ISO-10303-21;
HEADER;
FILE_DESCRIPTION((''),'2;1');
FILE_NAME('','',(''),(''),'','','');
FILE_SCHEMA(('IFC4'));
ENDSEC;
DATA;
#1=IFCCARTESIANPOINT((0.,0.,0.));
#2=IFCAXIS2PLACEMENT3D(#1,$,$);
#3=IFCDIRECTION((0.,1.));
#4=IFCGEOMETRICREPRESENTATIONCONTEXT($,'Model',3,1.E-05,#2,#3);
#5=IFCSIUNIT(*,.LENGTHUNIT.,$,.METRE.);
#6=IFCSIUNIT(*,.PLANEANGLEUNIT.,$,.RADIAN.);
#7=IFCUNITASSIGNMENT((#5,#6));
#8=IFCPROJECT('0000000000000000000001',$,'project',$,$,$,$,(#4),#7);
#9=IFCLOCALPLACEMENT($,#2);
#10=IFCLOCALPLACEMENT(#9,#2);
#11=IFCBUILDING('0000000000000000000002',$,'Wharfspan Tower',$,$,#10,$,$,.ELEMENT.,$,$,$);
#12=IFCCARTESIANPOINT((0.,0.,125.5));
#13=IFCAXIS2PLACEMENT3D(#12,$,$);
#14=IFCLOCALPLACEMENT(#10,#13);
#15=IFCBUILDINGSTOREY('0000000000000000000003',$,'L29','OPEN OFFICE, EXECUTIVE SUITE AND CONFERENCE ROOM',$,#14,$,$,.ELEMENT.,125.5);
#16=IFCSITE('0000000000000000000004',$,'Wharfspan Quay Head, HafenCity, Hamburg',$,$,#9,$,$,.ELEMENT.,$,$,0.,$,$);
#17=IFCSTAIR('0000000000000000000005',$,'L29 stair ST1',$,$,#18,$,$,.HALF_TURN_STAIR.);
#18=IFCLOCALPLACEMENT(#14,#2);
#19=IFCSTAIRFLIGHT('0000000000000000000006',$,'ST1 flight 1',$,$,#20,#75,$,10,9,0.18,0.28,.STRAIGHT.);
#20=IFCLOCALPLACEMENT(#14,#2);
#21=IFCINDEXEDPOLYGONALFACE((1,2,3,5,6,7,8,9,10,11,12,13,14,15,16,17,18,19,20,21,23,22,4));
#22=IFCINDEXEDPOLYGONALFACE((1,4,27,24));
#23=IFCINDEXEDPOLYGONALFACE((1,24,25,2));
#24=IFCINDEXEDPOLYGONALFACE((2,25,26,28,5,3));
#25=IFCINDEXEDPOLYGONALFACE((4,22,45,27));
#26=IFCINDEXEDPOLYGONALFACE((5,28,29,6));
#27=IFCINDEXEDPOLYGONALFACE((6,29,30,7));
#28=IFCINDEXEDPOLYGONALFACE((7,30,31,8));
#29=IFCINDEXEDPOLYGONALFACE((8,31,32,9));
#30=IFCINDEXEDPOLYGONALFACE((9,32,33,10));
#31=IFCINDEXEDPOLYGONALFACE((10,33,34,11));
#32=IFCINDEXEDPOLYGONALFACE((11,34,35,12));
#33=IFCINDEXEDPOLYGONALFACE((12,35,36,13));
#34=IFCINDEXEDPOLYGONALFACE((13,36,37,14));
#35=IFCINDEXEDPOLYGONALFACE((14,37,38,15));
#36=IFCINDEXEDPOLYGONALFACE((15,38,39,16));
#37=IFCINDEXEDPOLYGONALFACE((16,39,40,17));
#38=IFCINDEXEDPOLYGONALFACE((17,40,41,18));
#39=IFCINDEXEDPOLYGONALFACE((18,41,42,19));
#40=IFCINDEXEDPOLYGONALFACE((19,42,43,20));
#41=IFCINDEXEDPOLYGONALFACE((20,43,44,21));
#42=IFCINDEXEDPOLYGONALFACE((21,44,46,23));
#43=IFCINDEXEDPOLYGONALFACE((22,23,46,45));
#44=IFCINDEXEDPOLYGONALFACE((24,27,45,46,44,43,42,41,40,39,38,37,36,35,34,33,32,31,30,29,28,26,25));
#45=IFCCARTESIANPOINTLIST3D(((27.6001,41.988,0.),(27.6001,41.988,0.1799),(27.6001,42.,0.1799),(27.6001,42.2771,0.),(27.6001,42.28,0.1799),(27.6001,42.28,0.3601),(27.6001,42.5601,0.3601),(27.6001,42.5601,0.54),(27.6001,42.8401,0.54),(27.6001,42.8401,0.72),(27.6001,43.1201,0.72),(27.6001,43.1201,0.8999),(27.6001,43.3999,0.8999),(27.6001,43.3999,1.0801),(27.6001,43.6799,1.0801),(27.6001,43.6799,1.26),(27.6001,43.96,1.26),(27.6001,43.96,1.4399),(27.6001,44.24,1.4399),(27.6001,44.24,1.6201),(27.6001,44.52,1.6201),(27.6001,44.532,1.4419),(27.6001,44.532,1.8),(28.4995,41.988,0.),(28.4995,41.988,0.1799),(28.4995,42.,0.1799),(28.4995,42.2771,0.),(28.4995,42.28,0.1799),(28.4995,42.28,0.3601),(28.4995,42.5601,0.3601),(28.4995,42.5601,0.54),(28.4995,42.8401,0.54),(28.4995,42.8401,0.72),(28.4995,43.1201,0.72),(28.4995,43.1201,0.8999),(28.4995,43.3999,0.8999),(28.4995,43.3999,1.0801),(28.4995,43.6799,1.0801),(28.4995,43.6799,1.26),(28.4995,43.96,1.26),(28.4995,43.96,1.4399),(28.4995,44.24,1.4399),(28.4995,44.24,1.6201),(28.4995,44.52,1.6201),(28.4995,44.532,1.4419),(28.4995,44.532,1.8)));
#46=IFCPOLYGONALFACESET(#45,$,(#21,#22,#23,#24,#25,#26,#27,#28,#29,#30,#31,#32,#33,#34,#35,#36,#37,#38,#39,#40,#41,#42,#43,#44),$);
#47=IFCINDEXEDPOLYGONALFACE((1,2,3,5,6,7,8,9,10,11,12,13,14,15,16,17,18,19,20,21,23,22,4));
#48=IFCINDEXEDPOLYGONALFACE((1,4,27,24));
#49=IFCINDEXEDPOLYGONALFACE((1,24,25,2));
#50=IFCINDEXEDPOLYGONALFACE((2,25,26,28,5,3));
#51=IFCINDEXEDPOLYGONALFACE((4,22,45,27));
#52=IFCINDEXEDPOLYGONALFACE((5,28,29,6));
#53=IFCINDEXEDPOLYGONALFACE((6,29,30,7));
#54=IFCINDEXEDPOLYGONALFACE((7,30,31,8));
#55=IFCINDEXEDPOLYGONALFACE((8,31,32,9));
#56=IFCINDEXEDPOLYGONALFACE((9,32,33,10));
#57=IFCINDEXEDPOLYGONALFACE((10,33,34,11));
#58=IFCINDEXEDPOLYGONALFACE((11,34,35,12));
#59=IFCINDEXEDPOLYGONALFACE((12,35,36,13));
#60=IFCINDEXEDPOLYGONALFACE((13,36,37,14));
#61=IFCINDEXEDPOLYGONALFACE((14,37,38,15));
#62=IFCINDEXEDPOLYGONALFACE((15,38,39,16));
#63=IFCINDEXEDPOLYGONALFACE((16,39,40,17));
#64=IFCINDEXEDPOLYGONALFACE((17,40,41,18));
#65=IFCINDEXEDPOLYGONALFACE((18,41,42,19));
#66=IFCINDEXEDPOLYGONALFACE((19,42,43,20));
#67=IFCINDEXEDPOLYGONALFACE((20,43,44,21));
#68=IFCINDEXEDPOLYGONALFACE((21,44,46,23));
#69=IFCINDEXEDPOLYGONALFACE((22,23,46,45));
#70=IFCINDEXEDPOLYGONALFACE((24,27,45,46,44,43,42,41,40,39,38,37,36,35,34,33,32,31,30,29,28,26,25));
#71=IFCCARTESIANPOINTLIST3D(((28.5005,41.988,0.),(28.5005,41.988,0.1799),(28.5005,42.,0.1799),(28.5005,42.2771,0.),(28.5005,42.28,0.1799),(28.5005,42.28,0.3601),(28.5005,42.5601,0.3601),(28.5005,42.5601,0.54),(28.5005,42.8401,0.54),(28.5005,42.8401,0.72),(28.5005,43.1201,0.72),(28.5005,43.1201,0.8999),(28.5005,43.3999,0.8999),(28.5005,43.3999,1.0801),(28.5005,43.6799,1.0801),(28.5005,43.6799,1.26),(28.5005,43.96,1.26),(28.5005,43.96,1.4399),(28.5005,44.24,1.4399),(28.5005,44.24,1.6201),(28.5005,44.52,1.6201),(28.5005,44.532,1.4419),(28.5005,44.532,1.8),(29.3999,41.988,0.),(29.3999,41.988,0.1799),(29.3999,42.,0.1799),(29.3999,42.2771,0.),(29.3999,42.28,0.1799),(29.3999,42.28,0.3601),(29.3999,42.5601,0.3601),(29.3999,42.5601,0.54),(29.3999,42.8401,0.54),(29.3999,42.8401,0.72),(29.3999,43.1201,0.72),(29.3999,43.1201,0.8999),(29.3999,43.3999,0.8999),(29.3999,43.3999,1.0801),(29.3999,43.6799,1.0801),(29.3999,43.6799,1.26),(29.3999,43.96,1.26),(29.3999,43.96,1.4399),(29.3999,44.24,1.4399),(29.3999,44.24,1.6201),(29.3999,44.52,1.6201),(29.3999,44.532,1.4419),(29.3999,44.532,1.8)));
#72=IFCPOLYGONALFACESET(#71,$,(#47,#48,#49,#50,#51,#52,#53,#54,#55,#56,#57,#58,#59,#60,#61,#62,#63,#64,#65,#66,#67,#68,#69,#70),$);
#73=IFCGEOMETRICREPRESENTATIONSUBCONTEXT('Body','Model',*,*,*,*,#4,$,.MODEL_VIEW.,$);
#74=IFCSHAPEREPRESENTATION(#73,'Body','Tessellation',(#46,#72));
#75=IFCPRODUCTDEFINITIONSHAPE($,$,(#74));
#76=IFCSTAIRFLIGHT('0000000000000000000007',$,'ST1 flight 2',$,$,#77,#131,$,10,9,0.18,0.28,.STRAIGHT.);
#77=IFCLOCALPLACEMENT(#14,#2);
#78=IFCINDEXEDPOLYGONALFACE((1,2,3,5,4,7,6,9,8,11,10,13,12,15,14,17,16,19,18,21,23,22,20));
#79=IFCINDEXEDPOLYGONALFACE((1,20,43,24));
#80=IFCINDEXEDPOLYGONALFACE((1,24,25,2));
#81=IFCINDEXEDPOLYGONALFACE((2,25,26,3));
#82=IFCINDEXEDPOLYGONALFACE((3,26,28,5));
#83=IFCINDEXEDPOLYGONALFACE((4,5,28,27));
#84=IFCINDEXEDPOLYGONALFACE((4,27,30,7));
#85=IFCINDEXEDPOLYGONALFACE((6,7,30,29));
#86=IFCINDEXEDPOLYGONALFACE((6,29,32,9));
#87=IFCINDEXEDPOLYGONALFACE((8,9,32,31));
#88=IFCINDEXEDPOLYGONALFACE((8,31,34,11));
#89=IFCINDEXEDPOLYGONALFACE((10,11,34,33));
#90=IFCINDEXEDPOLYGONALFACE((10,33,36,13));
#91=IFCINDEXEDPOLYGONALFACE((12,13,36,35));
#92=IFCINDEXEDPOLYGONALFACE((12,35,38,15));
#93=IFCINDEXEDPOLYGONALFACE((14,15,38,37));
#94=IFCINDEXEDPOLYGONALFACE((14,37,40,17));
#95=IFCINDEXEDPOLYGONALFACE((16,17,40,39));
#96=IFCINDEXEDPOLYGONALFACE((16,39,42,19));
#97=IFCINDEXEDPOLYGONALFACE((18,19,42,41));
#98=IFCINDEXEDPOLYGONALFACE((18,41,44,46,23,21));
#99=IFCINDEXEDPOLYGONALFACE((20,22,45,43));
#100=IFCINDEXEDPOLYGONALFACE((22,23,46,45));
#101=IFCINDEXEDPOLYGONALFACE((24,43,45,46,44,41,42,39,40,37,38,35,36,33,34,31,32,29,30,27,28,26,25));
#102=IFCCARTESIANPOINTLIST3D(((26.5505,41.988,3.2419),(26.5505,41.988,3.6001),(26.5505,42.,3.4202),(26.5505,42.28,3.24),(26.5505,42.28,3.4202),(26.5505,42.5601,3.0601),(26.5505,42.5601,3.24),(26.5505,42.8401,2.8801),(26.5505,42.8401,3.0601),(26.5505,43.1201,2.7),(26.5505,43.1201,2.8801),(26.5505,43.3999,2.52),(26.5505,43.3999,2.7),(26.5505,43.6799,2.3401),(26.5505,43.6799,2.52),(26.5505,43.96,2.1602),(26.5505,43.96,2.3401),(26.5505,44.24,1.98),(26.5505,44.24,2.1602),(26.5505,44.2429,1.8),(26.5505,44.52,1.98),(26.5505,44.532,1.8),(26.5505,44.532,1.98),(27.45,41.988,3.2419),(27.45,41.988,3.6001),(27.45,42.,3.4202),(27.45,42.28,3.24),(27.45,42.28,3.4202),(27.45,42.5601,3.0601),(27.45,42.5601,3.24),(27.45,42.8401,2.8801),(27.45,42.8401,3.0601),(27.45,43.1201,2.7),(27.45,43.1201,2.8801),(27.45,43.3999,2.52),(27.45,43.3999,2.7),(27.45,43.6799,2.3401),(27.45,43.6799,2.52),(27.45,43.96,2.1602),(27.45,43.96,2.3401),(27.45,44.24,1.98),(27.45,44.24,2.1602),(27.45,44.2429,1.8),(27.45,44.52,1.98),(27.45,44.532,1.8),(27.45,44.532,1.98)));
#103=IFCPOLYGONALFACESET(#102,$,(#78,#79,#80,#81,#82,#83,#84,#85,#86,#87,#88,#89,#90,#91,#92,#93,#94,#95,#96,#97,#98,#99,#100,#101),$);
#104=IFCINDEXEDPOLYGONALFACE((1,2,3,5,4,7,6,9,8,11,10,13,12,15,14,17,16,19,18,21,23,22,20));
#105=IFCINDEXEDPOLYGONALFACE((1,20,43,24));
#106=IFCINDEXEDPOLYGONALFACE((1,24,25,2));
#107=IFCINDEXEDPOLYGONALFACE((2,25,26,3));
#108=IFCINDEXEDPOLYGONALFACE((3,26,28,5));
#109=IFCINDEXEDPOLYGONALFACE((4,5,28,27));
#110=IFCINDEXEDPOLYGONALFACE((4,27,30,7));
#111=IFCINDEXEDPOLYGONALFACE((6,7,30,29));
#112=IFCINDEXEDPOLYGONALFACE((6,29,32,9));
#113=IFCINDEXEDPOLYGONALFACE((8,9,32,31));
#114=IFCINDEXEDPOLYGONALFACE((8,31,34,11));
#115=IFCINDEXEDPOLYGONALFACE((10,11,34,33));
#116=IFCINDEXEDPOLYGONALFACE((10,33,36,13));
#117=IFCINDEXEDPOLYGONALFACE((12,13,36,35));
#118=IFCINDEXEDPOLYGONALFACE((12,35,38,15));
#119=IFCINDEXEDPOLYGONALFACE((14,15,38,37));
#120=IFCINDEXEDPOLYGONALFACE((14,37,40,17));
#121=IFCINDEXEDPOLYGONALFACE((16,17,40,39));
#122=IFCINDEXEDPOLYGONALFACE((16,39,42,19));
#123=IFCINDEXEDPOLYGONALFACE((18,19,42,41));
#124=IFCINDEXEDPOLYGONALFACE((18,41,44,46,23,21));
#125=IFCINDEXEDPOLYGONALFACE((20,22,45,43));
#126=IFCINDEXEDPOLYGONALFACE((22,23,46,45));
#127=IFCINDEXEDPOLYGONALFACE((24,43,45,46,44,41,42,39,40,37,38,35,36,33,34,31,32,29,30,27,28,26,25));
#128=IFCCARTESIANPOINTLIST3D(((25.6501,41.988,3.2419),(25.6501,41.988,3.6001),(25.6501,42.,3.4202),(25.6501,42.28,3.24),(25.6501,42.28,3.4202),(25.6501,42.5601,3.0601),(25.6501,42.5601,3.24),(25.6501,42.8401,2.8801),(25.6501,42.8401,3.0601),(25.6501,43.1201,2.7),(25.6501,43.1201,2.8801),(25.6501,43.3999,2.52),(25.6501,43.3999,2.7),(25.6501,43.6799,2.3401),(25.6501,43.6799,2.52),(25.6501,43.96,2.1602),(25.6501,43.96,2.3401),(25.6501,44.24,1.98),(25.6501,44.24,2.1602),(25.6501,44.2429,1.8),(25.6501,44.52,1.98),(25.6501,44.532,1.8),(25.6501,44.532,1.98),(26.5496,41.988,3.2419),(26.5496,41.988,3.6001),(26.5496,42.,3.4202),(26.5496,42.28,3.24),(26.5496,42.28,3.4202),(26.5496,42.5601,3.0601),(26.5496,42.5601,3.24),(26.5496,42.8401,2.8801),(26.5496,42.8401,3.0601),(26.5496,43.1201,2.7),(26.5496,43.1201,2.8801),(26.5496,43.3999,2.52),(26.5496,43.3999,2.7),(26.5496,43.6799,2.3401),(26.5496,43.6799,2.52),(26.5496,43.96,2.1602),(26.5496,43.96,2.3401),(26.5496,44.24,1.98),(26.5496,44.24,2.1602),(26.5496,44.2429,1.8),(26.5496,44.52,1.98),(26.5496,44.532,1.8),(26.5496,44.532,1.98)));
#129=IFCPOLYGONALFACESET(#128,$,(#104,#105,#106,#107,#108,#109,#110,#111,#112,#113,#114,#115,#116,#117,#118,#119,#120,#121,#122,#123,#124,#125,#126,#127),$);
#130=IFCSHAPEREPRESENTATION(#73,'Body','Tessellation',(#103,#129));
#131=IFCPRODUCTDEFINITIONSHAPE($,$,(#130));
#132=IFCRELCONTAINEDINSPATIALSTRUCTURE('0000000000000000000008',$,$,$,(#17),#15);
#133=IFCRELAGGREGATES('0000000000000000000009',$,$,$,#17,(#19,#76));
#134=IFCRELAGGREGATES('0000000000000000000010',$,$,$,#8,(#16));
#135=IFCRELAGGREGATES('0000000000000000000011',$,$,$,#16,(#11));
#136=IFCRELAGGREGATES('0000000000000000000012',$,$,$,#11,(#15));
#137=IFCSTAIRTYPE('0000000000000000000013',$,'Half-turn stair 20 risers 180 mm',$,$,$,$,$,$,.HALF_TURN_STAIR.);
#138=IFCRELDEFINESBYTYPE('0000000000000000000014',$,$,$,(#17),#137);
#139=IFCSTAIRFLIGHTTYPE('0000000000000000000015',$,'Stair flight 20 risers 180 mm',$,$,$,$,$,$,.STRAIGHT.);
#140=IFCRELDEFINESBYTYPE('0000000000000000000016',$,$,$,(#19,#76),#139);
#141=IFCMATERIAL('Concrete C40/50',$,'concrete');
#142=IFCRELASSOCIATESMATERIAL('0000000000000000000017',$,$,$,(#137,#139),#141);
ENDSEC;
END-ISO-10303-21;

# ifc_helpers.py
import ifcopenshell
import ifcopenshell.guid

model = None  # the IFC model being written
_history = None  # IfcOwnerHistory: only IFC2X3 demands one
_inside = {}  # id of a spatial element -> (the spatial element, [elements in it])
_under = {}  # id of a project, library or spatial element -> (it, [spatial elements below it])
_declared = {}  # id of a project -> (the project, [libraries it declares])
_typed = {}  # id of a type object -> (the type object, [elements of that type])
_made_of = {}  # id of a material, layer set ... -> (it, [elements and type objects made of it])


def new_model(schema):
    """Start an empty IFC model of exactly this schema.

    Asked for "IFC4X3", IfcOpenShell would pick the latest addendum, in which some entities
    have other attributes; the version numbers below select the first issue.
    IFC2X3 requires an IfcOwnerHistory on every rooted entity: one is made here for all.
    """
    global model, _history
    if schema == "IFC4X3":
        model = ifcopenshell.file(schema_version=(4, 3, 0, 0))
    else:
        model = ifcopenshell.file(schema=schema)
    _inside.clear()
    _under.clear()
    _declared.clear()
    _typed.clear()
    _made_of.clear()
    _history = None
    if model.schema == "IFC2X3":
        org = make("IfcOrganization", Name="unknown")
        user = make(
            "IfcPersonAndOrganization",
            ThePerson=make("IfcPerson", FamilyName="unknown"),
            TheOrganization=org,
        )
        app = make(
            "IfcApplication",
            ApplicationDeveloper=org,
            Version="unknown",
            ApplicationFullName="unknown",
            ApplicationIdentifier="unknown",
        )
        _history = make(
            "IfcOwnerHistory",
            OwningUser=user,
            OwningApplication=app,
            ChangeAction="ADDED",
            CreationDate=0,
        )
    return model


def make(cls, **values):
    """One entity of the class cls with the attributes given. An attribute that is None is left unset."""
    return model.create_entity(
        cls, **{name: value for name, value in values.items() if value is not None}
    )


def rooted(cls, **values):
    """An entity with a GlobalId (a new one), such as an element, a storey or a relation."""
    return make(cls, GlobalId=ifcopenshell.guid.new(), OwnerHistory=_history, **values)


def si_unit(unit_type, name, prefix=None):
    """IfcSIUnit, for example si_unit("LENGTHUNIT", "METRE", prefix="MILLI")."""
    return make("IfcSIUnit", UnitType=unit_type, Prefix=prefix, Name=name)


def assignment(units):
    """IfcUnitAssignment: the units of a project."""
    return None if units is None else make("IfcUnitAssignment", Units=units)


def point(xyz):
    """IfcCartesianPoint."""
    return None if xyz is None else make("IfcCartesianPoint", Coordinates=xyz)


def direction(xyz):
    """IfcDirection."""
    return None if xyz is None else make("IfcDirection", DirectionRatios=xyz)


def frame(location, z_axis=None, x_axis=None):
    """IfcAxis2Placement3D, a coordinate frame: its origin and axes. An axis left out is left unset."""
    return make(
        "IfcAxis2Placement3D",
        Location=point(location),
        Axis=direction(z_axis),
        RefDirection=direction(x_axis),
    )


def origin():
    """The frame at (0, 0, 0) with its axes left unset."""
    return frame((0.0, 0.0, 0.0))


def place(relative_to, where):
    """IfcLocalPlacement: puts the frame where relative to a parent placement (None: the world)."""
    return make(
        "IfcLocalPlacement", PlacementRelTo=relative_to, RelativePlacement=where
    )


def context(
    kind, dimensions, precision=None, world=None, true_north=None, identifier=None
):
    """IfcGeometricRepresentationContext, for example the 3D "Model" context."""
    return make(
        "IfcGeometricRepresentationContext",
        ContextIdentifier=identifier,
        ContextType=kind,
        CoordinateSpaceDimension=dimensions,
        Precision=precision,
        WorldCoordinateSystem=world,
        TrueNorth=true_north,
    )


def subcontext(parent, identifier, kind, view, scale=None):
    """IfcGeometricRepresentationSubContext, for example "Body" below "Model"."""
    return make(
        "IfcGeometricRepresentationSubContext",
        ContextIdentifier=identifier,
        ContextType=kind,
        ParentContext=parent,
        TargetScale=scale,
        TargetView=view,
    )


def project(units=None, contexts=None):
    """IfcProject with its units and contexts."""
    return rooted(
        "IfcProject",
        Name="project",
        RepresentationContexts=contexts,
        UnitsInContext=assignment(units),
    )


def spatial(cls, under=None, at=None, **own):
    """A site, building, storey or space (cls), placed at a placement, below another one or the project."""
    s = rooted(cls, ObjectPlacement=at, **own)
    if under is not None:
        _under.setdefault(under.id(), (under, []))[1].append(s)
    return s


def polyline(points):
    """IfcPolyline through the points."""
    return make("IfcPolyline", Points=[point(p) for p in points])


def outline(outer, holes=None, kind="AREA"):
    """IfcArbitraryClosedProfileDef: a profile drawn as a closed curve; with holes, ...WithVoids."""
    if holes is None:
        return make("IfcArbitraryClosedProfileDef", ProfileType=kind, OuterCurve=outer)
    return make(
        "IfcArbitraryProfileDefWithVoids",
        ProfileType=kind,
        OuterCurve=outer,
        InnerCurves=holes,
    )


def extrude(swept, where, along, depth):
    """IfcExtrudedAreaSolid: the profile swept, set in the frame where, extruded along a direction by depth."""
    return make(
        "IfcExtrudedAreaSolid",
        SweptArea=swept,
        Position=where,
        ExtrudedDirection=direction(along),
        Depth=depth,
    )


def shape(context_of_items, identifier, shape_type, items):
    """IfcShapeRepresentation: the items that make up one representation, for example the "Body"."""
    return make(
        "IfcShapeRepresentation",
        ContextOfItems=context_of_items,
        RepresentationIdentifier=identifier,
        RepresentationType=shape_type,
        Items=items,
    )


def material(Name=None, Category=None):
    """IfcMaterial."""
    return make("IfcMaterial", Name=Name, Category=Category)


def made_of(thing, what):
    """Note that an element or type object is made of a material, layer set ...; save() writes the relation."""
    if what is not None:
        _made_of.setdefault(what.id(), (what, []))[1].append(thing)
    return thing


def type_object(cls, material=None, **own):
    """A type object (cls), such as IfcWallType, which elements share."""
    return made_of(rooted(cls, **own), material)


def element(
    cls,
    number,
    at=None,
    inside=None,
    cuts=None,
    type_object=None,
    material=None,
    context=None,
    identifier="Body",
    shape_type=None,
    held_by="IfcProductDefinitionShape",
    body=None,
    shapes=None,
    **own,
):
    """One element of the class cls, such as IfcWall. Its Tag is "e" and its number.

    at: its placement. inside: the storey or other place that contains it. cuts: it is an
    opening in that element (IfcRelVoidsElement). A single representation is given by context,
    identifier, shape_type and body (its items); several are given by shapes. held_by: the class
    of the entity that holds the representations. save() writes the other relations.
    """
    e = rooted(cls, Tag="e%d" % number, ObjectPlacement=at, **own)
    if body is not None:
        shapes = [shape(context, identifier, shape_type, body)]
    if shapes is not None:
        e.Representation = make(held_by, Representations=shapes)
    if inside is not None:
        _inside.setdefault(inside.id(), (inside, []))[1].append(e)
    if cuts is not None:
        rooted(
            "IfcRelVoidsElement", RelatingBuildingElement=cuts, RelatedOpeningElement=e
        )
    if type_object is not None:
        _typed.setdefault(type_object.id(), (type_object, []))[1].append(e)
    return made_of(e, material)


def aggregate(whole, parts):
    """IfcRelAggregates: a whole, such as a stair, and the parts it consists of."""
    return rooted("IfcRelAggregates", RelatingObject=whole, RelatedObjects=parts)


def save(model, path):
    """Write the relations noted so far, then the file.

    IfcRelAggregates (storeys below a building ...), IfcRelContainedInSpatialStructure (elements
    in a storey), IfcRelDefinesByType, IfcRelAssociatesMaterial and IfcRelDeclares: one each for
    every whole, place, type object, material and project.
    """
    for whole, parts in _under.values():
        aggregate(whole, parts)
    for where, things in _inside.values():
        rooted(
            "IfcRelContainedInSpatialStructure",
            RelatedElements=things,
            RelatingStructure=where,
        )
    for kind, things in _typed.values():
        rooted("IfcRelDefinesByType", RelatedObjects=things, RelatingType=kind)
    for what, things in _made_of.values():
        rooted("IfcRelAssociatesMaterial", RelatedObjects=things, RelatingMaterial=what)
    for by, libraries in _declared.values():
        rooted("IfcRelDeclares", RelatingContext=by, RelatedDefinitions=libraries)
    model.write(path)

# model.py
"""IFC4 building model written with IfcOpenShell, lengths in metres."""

from ifc_helpers import new_model, si_unit, direction, frame, origin, place, context, subcontext, project, spatial, polyline, outline, extrude, material, type_object, element, aggregate, save


model = new_model("IFC4")

# Units and contexts
model_context = context("Model", 3, precision=1e-05, world=origin(), true_north=direction((0.0, 1.0)))
body_context = subcontext(model_context, "Body", "Model", "MODEL_VIEW")
ifc_project = project(units=[si_unit("LENGTHUNIT", "METRE"), si_unit("PLANEANGLEUNIT", "RADIAN")], contexts=[model_context])

# Site, building, storey
site_placement = place(None, origin())
site = spatial("IfcSite", under=ifc_project, at=site_placement, Name="Wharfspan Quay Head, HafenCity, Hamburg", CompositionType="ELEMENT", RefElevation=0.0)
building_placement = place(site_placement, origin())
building = spatial("IfcBuilding", under=site, at=building_placement, Name="Wharfspan Tower", CompositionType="ELEMENT")
storey_placement = place(building_placement, frame((0.0, 0.0, 125.5)))
storey = spatial("IfcBuildingStorey", under=building, at=storey_placement, Name="L29", Description="OPEN OFFICE, EXECUTIVE SUITE AND CONFERENCE ROOM", CompositionType="ELEMENT", Elevation=125.5)

# Shared definitions
ifc_material_1 = material(Name="Concrete C40/50", Category="concrete")

# Stair, stair flights
stair_type = type_object("IfcStairType", Name="Half-turn stair 20 risers 180 mm", PredefinedType="HALF_TURN_STAIR", material=ifc_material_1)
stair_placement = place(storey_placement, origin())
stair = element("IfcStair", 1, at=stair_placement, inside=storey, type_object=stair_type, Name="L29 stair ST1", PredefinedType="HALF_TURN_STAIR")
stair_flight_type = type_object("IfcStairFlightType", Name="Stair flight 20 risers 180 mm", PredefinedType="STRAIGHT", material=ifc_material_1)
stair_flight_1_placement = place(storey_placement, frame((28.5, 42.0, 0.0), z_axis=(0.0, 0.0, 1.0), x_axis=(0.0, 1.0, 0.0)))
stair_flight_1 = element("IfcStairFlight", 2, at=stair_flight_1_placement, type_object=stair_flight_type, Name="ST1 flight 1", NumberOfRisers=10, NumberOfTreads=9, PredefinedType="STRAIGHT", RiserHeight=0.18, TreadLength=0.28, context=body_context, shape_type="SweptSolid", body=[
    extrude(outline(polyline([(-0.012, 0.0), (-0.012, 0.1799), (0.0, 0.1799), (0.28, 0.1799), (0.28, 0.3601), (0.5601, 0.3601), (0.5601, 0.54), (0.8401, 0.54), (0.8401, 0.72), (1.1201, 0.72), (1.1201, 0.8999), (1.3999, 0.8999), (1.3999, 1.0801), (1.6799, 1.0801), (1.6799, 1.26), (1.96, 1.26), (1.96, 1.4399), (2.24, 1.4399), (2.24, 1.6201), (2.52, 1.6201), (2.532, 1.8), (2.532, 1.4419), (0.2771, 0.0), (-0.012, 0.0)])), frame((0.0, 0.8999, 0.0), z_axis=(0.0, -1.0, 0.0), x_axis=(1.0, 0.0, 0.0)), (0.0, 0.0, 1.0), 0.8994),
    extrude(outline(polyline([(-0.012, 0.0), (-0.012, 0.1799), (0.0, 0.1799), (0.28, 0.1799), (0.28, 0.3601), (0.5601, 0.3601), (0.5601, 0.54), (0.8401, 0.54), (0.8401, 0.72), (1.1201, 0.72), (1.1201, 0.8999), (1.3999, 0.8999), (1.3999, 1.0801), (1.6799, 1.0801), (1.6799, 1.26), (1.96, 1.26), (1.96, 1.4399), (2.24, 1.4399), (2.24, 1.6201), (2.52, 1.6201), (2.532, 1.8), (2.532, 1.4419), (0.2771, 0.0), (-0.012, 0.0)])), frame((0.0, -0.0005, 0.0), z_axis=(0.0, -1.0, 0.0), x_axis=(1.0, 0.0, 0.0)), (0.0, 0.0, 1.0), 0.8994),
])
stair_flight_2_placement = place(storey_placement, frame((26.55, 44.52, 1.8), z_axis=(0.0, 0.0, 1.0), x_axis=(0.0, -1.0, 0.0)))
stair_flight_2 = element("IfcStairFlight", 3, at=stair_flight_2_placement, type_object=stair_flight_type, Name="ST1 flight 2", NumberOfRisers=10, NumberOfTreads=9, PredefinedType="STRAIGHT", RiserHeight=0.18, TreadLength=0.28, context=body_context, shape_type="SweptSolid", body=[
    extrude(outline(polyline([(-0.012, 0.0), (-0.012, 0.1799), (0.0, 0.1799), (0.28, 0.1799), (0.28, 0.3601), (0.5601, 0.3601), (0.5601, 0.54), (0.8401, 0.54), (0.8401, 0.72), (1.1201, 0.72), (1.1201, 0.8999), (1.3999, 0.8999), (1.3999, 1.0801), (1.6799, 1.0801), (1.6799, 1.26), (1.96, 1.26), (1.96, 1.4399), (2.24, 1.4399), (2.24, 1.6201), (2.52, 1.6201), (2.532, 1.8), (2.532, 1.4419), (0.2771, 0.0), (-0.012, 0.0)])), frame((0.0, 0.8999, 0.0), z_axis=(0.0, -1.0, 0.0), x_axis=(1.0, 0.0, 0.0)), (0.0, 0.0, 1.0), 0.8994),
    extrude(outline(polyline([(-0.012, 0.0), (-0.012, 0.1799), (0.0, 0.1799), (0.28, 0.1799), (0.28, 0.3601), (0.5601, 0.3601), (0.5601, 0.54), (0.8401, 0.54), (0.8401, 0.72), (1.1201, 0.72), (1.1201, 0.8999), (1.3999, 0.8999), (1.3999, 1.0801), (1.6799, 1.0801), (1.6799, 1.26), (1.96, 1.26), (1.96, 1.4399), (2.24, 1.4399), (2.24, 1.6201), (2.52, 1.6201), (2.532, 1.8), (2.532, 1.4419), (0.2771, 0.0), (-0.012, 0.0)])), frame((0.0, -0.0005, 0.0), z_axis=(0.0, -1.0, 0.0), x_axis=(1.0, 0.0, 0.0)), (0.0, 0.0, 1.0), 0.8994),
])
aggregate(stair, [stair_flight_1, stair_flight_2])

save(model, "model.ifc")
